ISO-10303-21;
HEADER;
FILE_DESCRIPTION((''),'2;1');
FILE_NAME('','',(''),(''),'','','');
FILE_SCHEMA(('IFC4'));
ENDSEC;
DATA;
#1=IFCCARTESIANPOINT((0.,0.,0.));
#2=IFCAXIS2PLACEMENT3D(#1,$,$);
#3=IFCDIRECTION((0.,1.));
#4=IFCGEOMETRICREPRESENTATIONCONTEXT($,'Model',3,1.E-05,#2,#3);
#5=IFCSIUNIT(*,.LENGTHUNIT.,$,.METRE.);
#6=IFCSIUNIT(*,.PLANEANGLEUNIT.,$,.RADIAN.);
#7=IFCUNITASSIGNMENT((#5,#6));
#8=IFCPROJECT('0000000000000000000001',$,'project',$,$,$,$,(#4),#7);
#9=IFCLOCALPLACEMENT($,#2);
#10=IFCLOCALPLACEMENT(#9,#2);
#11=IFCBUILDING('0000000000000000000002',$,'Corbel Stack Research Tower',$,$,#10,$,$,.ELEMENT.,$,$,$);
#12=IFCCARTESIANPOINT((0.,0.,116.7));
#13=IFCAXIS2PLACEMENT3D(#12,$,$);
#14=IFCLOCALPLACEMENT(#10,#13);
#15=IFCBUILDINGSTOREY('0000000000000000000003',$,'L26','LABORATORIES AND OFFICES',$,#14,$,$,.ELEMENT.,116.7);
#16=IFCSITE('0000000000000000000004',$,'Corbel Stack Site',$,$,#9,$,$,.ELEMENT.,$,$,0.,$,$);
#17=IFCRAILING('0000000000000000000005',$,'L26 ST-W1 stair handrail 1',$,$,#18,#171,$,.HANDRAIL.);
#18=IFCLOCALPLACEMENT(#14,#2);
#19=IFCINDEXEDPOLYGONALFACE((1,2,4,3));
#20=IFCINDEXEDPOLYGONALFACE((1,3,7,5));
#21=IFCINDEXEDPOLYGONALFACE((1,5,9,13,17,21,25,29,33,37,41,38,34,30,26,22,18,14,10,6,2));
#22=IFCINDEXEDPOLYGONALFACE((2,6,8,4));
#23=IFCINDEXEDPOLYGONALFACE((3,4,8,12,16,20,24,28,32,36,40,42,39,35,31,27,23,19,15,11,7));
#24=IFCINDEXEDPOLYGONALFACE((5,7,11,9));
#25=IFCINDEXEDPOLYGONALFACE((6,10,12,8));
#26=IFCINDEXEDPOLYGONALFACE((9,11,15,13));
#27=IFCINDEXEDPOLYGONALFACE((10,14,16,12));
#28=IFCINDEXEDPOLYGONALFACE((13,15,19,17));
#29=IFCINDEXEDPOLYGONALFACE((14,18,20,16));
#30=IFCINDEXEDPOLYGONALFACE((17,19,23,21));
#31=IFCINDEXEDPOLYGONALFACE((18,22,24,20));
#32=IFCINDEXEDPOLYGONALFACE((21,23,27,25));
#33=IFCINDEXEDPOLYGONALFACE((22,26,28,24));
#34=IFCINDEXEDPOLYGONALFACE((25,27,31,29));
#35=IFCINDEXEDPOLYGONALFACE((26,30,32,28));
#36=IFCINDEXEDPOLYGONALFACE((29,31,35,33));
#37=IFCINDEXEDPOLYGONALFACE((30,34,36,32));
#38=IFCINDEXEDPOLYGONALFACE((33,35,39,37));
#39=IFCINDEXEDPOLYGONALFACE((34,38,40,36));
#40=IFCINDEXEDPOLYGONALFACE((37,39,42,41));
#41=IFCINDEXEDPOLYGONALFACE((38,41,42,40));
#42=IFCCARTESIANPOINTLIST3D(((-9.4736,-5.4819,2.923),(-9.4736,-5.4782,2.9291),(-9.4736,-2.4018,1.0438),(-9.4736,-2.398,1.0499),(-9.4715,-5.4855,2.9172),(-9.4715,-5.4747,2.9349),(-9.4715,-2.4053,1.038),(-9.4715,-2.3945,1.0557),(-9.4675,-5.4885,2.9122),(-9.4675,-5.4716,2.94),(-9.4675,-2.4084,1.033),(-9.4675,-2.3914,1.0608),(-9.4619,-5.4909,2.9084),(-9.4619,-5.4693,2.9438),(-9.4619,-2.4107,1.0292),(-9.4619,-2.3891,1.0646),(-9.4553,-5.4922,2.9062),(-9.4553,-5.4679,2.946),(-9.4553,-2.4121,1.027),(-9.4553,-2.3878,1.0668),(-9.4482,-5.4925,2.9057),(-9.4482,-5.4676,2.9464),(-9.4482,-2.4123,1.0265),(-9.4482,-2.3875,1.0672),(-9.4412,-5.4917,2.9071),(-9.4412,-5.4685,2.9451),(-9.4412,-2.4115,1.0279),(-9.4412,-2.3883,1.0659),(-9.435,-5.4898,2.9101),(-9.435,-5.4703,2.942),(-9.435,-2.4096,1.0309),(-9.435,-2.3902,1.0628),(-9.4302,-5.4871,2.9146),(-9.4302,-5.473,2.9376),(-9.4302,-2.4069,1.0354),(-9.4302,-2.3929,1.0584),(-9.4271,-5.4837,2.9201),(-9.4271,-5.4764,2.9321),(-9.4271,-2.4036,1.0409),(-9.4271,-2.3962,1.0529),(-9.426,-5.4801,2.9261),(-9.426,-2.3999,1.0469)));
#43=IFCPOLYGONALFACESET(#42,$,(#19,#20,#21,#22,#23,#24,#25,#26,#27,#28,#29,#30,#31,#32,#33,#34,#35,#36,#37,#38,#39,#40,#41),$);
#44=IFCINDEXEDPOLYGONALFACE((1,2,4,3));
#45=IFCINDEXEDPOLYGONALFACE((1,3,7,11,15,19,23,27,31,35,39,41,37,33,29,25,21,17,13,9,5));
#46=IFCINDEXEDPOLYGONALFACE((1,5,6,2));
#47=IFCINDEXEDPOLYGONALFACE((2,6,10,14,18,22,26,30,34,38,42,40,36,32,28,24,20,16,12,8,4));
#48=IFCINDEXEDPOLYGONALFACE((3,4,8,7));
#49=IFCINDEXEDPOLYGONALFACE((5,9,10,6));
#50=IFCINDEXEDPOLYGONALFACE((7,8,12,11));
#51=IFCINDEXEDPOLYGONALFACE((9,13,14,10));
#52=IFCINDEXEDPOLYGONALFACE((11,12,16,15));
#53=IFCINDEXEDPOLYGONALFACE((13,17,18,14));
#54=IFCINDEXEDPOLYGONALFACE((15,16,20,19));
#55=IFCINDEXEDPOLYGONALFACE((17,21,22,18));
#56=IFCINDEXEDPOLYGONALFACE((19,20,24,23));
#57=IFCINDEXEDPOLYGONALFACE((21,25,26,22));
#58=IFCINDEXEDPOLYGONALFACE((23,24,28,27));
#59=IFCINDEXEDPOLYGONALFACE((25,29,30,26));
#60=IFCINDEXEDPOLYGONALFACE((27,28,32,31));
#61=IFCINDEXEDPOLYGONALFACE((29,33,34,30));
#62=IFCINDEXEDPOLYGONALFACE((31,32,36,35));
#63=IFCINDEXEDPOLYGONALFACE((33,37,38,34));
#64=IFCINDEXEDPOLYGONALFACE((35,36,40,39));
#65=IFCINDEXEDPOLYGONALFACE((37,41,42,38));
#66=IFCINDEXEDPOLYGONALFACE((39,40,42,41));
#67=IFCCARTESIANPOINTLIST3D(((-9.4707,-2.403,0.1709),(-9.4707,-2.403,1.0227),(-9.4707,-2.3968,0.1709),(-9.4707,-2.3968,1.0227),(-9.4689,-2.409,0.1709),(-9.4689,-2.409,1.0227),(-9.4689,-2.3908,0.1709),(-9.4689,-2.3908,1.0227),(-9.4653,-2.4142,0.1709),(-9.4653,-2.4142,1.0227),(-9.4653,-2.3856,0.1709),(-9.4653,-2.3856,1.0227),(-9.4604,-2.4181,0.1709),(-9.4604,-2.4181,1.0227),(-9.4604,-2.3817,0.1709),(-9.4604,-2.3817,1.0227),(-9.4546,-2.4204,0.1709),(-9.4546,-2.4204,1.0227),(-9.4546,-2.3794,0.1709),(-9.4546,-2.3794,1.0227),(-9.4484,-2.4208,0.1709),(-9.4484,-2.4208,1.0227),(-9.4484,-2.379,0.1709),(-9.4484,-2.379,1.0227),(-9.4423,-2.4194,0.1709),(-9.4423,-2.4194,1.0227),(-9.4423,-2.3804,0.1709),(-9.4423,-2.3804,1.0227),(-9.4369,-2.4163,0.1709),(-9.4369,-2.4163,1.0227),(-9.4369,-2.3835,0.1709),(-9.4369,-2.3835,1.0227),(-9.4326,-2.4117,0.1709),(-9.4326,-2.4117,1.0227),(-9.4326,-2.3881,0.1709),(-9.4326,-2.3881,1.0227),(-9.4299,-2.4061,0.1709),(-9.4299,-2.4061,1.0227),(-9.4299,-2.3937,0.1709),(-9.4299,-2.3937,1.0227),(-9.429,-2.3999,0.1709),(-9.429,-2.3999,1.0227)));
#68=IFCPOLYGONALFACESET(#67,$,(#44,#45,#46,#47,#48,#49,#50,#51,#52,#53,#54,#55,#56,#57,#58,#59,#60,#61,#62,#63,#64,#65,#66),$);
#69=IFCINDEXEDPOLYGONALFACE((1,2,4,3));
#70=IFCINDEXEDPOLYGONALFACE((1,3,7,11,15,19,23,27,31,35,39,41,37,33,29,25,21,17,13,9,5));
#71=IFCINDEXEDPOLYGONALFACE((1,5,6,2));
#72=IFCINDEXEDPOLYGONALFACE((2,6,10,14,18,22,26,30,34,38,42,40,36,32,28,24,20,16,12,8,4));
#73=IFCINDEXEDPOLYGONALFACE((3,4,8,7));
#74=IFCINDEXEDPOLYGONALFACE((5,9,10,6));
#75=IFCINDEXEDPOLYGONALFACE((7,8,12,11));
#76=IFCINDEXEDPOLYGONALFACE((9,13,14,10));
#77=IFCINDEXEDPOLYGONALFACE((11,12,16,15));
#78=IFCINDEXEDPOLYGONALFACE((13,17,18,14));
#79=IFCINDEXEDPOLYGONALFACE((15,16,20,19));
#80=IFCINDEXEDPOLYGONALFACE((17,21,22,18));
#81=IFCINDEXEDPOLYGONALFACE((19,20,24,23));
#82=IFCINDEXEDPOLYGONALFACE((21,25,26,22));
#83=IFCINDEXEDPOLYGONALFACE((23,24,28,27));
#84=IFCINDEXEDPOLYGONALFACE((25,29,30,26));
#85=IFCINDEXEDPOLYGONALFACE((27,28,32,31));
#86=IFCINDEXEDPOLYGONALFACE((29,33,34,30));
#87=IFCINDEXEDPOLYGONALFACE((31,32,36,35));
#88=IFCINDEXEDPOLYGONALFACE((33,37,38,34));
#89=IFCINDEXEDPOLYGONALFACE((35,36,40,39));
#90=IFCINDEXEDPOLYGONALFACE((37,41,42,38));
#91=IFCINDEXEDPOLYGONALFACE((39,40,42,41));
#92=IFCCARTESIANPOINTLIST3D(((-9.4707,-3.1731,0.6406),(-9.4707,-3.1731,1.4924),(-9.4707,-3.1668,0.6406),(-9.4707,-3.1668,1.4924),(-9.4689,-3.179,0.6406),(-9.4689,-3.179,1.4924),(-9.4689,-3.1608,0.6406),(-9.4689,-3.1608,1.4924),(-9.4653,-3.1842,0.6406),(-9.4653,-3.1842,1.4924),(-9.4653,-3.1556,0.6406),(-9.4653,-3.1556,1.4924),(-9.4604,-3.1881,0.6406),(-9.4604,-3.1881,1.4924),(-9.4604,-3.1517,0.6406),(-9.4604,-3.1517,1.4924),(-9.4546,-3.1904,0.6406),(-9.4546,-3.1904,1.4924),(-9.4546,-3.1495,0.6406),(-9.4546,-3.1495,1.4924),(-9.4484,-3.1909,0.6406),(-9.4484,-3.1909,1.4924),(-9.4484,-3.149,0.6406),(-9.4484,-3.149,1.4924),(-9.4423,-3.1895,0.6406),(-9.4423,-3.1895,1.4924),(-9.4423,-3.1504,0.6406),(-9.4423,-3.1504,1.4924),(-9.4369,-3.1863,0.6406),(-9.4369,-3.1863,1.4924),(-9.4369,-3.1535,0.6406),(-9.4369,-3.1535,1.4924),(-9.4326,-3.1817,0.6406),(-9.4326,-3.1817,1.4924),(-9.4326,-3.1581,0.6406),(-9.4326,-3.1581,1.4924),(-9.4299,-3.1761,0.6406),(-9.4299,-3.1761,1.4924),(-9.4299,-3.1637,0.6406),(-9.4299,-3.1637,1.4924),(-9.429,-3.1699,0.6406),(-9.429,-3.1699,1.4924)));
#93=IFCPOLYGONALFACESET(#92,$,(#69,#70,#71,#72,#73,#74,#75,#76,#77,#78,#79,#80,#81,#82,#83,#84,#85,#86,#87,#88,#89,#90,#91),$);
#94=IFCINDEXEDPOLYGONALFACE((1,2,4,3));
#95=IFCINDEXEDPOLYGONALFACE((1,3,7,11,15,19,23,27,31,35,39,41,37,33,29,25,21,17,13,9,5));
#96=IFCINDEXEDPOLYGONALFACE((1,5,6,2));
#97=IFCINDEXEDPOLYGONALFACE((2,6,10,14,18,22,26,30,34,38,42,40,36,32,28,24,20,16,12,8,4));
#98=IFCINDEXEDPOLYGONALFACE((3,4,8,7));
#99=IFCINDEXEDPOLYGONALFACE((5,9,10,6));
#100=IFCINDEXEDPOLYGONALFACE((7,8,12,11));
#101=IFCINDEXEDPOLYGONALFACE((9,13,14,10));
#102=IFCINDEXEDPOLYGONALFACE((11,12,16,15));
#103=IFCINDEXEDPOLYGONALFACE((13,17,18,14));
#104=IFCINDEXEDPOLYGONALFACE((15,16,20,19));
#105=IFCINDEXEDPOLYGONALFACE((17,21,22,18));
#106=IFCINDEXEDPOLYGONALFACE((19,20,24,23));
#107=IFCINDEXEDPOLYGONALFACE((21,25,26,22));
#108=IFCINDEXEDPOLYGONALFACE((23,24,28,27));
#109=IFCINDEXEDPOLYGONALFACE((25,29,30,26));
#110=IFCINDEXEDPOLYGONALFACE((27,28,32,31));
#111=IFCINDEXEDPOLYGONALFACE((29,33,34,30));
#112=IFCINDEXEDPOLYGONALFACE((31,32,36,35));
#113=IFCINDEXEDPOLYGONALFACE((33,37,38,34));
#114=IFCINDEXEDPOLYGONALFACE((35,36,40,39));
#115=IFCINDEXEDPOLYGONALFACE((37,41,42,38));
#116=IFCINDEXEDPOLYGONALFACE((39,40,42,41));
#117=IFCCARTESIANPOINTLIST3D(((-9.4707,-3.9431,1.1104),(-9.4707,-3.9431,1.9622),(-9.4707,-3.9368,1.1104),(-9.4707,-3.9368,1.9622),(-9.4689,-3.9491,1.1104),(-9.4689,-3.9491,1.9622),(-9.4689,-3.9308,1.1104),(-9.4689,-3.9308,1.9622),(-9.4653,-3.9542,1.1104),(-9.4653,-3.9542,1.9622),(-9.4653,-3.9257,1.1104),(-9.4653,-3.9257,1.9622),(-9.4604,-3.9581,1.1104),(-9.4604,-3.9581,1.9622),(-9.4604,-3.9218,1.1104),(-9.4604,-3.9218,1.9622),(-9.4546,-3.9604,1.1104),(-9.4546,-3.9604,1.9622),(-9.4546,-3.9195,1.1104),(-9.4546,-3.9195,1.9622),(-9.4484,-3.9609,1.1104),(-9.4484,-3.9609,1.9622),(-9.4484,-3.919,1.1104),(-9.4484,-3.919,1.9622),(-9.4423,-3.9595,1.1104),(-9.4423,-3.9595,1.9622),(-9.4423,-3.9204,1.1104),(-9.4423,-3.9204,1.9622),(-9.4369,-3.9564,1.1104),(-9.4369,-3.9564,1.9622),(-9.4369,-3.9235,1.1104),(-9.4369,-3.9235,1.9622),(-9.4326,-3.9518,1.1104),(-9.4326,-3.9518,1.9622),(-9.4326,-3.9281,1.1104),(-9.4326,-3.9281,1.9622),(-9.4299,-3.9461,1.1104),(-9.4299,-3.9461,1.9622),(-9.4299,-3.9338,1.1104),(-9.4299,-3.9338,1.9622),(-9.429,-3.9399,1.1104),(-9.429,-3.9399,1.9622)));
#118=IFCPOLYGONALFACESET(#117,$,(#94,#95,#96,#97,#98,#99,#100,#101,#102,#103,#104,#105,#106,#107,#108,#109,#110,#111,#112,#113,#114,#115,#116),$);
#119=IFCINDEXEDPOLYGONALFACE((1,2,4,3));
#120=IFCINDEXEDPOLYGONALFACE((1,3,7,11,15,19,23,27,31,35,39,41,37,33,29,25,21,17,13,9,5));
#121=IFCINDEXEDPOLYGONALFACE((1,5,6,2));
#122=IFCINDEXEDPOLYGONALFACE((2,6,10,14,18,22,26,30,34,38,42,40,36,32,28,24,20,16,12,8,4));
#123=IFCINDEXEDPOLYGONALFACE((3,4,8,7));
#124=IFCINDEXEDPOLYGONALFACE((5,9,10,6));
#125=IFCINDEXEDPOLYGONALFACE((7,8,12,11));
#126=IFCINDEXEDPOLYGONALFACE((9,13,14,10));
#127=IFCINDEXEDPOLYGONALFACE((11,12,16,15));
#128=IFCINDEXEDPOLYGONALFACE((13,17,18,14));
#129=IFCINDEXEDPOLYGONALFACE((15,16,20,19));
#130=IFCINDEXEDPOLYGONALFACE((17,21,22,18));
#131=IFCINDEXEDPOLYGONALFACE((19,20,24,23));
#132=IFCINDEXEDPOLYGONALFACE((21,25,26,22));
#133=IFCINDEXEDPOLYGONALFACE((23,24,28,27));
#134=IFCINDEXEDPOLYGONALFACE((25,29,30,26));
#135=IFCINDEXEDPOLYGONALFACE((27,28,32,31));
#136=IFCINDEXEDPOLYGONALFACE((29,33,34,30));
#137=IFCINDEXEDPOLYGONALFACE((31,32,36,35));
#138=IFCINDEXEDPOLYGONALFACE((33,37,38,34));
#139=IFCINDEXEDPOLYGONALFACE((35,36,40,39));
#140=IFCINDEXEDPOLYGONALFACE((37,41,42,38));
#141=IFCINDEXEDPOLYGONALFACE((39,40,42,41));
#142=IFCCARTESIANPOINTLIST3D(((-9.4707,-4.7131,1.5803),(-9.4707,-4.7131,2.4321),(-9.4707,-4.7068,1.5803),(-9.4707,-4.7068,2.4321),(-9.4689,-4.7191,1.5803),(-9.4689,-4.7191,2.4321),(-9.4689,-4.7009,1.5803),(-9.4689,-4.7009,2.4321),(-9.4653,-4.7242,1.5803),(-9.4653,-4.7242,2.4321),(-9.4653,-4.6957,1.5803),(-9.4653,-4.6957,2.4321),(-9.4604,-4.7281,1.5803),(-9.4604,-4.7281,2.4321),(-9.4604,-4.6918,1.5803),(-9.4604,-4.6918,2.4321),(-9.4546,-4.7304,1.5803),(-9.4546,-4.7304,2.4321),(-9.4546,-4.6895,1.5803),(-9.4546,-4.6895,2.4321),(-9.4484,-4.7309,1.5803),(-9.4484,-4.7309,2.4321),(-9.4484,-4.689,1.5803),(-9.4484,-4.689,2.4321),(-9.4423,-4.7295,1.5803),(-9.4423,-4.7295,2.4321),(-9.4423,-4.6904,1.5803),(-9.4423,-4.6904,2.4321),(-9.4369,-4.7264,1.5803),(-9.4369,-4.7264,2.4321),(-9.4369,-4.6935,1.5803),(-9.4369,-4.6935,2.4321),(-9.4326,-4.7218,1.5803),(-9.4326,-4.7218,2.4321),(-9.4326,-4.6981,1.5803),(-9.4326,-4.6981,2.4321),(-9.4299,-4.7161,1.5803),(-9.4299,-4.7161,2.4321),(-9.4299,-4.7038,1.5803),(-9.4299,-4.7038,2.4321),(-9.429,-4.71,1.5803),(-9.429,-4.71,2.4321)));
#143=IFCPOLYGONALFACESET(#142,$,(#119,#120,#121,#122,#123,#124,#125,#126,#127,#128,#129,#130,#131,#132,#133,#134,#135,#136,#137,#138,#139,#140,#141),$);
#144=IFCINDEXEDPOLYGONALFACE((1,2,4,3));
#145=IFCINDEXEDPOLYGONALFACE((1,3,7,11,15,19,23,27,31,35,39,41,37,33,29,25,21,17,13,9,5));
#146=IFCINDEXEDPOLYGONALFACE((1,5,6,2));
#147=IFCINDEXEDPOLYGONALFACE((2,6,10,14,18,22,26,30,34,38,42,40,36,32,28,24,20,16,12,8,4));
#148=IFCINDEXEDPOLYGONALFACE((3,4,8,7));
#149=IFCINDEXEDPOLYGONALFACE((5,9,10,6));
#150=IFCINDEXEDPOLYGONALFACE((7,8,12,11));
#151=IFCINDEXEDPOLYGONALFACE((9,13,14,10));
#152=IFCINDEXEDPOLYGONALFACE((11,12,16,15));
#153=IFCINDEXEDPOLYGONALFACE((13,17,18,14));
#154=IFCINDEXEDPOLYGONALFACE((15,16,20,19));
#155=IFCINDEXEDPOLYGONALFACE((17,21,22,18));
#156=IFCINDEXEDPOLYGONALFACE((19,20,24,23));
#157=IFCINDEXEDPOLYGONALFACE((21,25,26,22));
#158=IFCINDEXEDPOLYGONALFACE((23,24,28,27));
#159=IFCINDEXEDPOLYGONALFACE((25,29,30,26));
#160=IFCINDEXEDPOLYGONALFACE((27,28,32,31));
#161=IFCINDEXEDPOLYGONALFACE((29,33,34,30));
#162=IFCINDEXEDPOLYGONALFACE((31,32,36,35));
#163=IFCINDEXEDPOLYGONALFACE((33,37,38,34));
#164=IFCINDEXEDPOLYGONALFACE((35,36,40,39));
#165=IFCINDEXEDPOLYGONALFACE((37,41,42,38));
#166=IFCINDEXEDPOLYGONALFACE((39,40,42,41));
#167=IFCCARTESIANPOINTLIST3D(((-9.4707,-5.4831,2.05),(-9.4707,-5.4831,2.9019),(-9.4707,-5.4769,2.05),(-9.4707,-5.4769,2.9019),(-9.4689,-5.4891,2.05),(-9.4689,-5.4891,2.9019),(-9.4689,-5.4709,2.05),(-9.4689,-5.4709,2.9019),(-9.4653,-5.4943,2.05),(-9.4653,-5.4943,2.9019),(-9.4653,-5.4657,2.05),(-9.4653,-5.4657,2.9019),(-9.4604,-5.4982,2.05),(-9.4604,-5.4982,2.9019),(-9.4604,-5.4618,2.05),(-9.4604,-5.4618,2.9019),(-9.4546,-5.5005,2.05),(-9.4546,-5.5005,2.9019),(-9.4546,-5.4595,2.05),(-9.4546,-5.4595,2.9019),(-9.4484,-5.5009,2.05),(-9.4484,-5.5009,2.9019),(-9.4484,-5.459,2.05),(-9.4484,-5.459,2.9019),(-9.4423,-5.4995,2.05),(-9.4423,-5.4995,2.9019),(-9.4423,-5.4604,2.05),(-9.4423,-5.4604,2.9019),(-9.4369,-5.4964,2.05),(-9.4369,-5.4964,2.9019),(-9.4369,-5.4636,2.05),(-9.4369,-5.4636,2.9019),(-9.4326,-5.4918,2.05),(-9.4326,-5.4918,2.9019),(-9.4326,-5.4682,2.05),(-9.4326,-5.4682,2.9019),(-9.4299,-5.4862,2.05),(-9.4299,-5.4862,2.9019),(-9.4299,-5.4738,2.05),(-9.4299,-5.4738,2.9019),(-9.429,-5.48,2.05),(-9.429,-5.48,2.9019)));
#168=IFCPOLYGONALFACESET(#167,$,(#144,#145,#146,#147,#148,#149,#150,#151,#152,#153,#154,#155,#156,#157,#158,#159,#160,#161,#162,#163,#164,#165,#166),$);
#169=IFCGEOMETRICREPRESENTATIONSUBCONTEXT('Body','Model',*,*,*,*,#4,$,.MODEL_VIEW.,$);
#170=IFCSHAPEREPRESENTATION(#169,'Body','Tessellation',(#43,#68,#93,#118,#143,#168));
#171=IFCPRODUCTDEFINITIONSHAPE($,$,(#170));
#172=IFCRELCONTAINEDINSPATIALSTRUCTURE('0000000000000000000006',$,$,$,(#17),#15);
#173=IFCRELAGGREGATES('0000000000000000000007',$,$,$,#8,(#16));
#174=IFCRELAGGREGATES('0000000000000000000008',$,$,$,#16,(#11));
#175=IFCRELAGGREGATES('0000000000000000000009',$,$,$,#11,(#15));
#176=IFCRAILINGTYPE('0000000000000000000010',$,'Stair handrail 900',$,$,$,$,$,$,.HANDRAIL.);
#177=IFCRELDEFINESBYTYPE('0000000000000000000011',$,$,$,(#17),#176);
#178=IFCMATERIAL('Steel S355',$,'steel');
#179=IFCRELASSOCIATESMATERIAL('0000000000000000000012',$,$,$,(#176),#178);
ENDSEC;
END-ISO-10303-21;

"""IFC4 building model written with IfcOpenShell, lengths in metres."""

from ifc_helpers import new_model, si_unit, direction, frame, origin, origin_2d, place, context, subcontext, project, spatial, circle, extrude, material, type_object, element, save


model = new_model("IFC4")

# Units and contexts
model_context = context("Model", 3, precision=1e-05, world=origin(), true_north=direction((0.0, 1.0)))
body_context = subcontext(model_context, "Body", "Model", "MODEL_VIEW")
ifc_project = project(units=[si_unit("LENGTHUNIT", "METRE"), si_unit("PLANEANGLEUNIT", "RADIAN")], contexts=[model_context])

# Site, building, storey
site_placement = place(None, origin())
site = spatial("IfcSite", under=ifc_project, at=site_placement, Name="Corbel Stack Site", CompositionType="ELEMENT", RefElevation=0.0)
building_placement = place(site_placement, origin())
building = spatial("IfcBuilding", under=site, at=building_placement, Name="Corbel Stack Research Tower", CompositionType="ELEMENT")
storey_placement = place(building_placement, frame((0.0, 0.0, 116.7)))
storey = spatial("IfcBuildingStorey", under=building, at=storey_placement, Name="L26", Description="LABORATORIES AND OFFICES", CompositionType="ELEMENT", Elevation=116.7)

# Railing
ifc_material_1 = material(Name="Steel S355", Category="steel")
railing_type_1 = type_object("IfcRailingType", Name="Stair handrail 900", PredefinedType="HANDRAIL", material=ifc_material_1)
railing_1_placement = place(storey_placement, frame((-9.45, -2.3999, 0.1709)))
element("IfcRailing", 1, at=railing_1_placement, inside=storey, type_object=railing_type_1, Name="L26 ST-W1 stair handrail 1", PredefinedType="HANDRAIL", context=body_context, shape_type="SweptSolid", body=[
    extrude(circle(Radius=0.0239, at=origin_2d()), frame((0.0, 0.0, 0.876), z_axis=(0.0, -0.853666, 0.52082), x_axis=(1.0, 0.0, 0.0)), (0.0, 0.0, 1.0), 3.6082),
    extrude(circle(Radius=0.021, at=origin_2d()), origin(), (0.0, 0.0, 1.0), 0.8518),
    extrude(circle(Radius=0.021, at=origin_2d()), frame((0.0, -0.77, 0.4697)), (0.0, 0.0, 1.0), 0.8518),
    extrude(circle(Radius=0.021, at=origin_2d()), frame((0.0, -1.54, 0.9395)), (0.0, 0.0, 1.0), 0.8518),
    extrude(circle(Radius=0.021, at=origin_2d()), frame((0.0, -2.3101, 1.4094)), (0.0, 0.0, 1.0), 0.8518),
    extrude(circle(Radius=0.021, at=origin_2d()), frame((0.0, -3.0801, 1.8792)), (0.0, 0.0, 1.0), 0.8518),
])

save(model, "model.ifc")
